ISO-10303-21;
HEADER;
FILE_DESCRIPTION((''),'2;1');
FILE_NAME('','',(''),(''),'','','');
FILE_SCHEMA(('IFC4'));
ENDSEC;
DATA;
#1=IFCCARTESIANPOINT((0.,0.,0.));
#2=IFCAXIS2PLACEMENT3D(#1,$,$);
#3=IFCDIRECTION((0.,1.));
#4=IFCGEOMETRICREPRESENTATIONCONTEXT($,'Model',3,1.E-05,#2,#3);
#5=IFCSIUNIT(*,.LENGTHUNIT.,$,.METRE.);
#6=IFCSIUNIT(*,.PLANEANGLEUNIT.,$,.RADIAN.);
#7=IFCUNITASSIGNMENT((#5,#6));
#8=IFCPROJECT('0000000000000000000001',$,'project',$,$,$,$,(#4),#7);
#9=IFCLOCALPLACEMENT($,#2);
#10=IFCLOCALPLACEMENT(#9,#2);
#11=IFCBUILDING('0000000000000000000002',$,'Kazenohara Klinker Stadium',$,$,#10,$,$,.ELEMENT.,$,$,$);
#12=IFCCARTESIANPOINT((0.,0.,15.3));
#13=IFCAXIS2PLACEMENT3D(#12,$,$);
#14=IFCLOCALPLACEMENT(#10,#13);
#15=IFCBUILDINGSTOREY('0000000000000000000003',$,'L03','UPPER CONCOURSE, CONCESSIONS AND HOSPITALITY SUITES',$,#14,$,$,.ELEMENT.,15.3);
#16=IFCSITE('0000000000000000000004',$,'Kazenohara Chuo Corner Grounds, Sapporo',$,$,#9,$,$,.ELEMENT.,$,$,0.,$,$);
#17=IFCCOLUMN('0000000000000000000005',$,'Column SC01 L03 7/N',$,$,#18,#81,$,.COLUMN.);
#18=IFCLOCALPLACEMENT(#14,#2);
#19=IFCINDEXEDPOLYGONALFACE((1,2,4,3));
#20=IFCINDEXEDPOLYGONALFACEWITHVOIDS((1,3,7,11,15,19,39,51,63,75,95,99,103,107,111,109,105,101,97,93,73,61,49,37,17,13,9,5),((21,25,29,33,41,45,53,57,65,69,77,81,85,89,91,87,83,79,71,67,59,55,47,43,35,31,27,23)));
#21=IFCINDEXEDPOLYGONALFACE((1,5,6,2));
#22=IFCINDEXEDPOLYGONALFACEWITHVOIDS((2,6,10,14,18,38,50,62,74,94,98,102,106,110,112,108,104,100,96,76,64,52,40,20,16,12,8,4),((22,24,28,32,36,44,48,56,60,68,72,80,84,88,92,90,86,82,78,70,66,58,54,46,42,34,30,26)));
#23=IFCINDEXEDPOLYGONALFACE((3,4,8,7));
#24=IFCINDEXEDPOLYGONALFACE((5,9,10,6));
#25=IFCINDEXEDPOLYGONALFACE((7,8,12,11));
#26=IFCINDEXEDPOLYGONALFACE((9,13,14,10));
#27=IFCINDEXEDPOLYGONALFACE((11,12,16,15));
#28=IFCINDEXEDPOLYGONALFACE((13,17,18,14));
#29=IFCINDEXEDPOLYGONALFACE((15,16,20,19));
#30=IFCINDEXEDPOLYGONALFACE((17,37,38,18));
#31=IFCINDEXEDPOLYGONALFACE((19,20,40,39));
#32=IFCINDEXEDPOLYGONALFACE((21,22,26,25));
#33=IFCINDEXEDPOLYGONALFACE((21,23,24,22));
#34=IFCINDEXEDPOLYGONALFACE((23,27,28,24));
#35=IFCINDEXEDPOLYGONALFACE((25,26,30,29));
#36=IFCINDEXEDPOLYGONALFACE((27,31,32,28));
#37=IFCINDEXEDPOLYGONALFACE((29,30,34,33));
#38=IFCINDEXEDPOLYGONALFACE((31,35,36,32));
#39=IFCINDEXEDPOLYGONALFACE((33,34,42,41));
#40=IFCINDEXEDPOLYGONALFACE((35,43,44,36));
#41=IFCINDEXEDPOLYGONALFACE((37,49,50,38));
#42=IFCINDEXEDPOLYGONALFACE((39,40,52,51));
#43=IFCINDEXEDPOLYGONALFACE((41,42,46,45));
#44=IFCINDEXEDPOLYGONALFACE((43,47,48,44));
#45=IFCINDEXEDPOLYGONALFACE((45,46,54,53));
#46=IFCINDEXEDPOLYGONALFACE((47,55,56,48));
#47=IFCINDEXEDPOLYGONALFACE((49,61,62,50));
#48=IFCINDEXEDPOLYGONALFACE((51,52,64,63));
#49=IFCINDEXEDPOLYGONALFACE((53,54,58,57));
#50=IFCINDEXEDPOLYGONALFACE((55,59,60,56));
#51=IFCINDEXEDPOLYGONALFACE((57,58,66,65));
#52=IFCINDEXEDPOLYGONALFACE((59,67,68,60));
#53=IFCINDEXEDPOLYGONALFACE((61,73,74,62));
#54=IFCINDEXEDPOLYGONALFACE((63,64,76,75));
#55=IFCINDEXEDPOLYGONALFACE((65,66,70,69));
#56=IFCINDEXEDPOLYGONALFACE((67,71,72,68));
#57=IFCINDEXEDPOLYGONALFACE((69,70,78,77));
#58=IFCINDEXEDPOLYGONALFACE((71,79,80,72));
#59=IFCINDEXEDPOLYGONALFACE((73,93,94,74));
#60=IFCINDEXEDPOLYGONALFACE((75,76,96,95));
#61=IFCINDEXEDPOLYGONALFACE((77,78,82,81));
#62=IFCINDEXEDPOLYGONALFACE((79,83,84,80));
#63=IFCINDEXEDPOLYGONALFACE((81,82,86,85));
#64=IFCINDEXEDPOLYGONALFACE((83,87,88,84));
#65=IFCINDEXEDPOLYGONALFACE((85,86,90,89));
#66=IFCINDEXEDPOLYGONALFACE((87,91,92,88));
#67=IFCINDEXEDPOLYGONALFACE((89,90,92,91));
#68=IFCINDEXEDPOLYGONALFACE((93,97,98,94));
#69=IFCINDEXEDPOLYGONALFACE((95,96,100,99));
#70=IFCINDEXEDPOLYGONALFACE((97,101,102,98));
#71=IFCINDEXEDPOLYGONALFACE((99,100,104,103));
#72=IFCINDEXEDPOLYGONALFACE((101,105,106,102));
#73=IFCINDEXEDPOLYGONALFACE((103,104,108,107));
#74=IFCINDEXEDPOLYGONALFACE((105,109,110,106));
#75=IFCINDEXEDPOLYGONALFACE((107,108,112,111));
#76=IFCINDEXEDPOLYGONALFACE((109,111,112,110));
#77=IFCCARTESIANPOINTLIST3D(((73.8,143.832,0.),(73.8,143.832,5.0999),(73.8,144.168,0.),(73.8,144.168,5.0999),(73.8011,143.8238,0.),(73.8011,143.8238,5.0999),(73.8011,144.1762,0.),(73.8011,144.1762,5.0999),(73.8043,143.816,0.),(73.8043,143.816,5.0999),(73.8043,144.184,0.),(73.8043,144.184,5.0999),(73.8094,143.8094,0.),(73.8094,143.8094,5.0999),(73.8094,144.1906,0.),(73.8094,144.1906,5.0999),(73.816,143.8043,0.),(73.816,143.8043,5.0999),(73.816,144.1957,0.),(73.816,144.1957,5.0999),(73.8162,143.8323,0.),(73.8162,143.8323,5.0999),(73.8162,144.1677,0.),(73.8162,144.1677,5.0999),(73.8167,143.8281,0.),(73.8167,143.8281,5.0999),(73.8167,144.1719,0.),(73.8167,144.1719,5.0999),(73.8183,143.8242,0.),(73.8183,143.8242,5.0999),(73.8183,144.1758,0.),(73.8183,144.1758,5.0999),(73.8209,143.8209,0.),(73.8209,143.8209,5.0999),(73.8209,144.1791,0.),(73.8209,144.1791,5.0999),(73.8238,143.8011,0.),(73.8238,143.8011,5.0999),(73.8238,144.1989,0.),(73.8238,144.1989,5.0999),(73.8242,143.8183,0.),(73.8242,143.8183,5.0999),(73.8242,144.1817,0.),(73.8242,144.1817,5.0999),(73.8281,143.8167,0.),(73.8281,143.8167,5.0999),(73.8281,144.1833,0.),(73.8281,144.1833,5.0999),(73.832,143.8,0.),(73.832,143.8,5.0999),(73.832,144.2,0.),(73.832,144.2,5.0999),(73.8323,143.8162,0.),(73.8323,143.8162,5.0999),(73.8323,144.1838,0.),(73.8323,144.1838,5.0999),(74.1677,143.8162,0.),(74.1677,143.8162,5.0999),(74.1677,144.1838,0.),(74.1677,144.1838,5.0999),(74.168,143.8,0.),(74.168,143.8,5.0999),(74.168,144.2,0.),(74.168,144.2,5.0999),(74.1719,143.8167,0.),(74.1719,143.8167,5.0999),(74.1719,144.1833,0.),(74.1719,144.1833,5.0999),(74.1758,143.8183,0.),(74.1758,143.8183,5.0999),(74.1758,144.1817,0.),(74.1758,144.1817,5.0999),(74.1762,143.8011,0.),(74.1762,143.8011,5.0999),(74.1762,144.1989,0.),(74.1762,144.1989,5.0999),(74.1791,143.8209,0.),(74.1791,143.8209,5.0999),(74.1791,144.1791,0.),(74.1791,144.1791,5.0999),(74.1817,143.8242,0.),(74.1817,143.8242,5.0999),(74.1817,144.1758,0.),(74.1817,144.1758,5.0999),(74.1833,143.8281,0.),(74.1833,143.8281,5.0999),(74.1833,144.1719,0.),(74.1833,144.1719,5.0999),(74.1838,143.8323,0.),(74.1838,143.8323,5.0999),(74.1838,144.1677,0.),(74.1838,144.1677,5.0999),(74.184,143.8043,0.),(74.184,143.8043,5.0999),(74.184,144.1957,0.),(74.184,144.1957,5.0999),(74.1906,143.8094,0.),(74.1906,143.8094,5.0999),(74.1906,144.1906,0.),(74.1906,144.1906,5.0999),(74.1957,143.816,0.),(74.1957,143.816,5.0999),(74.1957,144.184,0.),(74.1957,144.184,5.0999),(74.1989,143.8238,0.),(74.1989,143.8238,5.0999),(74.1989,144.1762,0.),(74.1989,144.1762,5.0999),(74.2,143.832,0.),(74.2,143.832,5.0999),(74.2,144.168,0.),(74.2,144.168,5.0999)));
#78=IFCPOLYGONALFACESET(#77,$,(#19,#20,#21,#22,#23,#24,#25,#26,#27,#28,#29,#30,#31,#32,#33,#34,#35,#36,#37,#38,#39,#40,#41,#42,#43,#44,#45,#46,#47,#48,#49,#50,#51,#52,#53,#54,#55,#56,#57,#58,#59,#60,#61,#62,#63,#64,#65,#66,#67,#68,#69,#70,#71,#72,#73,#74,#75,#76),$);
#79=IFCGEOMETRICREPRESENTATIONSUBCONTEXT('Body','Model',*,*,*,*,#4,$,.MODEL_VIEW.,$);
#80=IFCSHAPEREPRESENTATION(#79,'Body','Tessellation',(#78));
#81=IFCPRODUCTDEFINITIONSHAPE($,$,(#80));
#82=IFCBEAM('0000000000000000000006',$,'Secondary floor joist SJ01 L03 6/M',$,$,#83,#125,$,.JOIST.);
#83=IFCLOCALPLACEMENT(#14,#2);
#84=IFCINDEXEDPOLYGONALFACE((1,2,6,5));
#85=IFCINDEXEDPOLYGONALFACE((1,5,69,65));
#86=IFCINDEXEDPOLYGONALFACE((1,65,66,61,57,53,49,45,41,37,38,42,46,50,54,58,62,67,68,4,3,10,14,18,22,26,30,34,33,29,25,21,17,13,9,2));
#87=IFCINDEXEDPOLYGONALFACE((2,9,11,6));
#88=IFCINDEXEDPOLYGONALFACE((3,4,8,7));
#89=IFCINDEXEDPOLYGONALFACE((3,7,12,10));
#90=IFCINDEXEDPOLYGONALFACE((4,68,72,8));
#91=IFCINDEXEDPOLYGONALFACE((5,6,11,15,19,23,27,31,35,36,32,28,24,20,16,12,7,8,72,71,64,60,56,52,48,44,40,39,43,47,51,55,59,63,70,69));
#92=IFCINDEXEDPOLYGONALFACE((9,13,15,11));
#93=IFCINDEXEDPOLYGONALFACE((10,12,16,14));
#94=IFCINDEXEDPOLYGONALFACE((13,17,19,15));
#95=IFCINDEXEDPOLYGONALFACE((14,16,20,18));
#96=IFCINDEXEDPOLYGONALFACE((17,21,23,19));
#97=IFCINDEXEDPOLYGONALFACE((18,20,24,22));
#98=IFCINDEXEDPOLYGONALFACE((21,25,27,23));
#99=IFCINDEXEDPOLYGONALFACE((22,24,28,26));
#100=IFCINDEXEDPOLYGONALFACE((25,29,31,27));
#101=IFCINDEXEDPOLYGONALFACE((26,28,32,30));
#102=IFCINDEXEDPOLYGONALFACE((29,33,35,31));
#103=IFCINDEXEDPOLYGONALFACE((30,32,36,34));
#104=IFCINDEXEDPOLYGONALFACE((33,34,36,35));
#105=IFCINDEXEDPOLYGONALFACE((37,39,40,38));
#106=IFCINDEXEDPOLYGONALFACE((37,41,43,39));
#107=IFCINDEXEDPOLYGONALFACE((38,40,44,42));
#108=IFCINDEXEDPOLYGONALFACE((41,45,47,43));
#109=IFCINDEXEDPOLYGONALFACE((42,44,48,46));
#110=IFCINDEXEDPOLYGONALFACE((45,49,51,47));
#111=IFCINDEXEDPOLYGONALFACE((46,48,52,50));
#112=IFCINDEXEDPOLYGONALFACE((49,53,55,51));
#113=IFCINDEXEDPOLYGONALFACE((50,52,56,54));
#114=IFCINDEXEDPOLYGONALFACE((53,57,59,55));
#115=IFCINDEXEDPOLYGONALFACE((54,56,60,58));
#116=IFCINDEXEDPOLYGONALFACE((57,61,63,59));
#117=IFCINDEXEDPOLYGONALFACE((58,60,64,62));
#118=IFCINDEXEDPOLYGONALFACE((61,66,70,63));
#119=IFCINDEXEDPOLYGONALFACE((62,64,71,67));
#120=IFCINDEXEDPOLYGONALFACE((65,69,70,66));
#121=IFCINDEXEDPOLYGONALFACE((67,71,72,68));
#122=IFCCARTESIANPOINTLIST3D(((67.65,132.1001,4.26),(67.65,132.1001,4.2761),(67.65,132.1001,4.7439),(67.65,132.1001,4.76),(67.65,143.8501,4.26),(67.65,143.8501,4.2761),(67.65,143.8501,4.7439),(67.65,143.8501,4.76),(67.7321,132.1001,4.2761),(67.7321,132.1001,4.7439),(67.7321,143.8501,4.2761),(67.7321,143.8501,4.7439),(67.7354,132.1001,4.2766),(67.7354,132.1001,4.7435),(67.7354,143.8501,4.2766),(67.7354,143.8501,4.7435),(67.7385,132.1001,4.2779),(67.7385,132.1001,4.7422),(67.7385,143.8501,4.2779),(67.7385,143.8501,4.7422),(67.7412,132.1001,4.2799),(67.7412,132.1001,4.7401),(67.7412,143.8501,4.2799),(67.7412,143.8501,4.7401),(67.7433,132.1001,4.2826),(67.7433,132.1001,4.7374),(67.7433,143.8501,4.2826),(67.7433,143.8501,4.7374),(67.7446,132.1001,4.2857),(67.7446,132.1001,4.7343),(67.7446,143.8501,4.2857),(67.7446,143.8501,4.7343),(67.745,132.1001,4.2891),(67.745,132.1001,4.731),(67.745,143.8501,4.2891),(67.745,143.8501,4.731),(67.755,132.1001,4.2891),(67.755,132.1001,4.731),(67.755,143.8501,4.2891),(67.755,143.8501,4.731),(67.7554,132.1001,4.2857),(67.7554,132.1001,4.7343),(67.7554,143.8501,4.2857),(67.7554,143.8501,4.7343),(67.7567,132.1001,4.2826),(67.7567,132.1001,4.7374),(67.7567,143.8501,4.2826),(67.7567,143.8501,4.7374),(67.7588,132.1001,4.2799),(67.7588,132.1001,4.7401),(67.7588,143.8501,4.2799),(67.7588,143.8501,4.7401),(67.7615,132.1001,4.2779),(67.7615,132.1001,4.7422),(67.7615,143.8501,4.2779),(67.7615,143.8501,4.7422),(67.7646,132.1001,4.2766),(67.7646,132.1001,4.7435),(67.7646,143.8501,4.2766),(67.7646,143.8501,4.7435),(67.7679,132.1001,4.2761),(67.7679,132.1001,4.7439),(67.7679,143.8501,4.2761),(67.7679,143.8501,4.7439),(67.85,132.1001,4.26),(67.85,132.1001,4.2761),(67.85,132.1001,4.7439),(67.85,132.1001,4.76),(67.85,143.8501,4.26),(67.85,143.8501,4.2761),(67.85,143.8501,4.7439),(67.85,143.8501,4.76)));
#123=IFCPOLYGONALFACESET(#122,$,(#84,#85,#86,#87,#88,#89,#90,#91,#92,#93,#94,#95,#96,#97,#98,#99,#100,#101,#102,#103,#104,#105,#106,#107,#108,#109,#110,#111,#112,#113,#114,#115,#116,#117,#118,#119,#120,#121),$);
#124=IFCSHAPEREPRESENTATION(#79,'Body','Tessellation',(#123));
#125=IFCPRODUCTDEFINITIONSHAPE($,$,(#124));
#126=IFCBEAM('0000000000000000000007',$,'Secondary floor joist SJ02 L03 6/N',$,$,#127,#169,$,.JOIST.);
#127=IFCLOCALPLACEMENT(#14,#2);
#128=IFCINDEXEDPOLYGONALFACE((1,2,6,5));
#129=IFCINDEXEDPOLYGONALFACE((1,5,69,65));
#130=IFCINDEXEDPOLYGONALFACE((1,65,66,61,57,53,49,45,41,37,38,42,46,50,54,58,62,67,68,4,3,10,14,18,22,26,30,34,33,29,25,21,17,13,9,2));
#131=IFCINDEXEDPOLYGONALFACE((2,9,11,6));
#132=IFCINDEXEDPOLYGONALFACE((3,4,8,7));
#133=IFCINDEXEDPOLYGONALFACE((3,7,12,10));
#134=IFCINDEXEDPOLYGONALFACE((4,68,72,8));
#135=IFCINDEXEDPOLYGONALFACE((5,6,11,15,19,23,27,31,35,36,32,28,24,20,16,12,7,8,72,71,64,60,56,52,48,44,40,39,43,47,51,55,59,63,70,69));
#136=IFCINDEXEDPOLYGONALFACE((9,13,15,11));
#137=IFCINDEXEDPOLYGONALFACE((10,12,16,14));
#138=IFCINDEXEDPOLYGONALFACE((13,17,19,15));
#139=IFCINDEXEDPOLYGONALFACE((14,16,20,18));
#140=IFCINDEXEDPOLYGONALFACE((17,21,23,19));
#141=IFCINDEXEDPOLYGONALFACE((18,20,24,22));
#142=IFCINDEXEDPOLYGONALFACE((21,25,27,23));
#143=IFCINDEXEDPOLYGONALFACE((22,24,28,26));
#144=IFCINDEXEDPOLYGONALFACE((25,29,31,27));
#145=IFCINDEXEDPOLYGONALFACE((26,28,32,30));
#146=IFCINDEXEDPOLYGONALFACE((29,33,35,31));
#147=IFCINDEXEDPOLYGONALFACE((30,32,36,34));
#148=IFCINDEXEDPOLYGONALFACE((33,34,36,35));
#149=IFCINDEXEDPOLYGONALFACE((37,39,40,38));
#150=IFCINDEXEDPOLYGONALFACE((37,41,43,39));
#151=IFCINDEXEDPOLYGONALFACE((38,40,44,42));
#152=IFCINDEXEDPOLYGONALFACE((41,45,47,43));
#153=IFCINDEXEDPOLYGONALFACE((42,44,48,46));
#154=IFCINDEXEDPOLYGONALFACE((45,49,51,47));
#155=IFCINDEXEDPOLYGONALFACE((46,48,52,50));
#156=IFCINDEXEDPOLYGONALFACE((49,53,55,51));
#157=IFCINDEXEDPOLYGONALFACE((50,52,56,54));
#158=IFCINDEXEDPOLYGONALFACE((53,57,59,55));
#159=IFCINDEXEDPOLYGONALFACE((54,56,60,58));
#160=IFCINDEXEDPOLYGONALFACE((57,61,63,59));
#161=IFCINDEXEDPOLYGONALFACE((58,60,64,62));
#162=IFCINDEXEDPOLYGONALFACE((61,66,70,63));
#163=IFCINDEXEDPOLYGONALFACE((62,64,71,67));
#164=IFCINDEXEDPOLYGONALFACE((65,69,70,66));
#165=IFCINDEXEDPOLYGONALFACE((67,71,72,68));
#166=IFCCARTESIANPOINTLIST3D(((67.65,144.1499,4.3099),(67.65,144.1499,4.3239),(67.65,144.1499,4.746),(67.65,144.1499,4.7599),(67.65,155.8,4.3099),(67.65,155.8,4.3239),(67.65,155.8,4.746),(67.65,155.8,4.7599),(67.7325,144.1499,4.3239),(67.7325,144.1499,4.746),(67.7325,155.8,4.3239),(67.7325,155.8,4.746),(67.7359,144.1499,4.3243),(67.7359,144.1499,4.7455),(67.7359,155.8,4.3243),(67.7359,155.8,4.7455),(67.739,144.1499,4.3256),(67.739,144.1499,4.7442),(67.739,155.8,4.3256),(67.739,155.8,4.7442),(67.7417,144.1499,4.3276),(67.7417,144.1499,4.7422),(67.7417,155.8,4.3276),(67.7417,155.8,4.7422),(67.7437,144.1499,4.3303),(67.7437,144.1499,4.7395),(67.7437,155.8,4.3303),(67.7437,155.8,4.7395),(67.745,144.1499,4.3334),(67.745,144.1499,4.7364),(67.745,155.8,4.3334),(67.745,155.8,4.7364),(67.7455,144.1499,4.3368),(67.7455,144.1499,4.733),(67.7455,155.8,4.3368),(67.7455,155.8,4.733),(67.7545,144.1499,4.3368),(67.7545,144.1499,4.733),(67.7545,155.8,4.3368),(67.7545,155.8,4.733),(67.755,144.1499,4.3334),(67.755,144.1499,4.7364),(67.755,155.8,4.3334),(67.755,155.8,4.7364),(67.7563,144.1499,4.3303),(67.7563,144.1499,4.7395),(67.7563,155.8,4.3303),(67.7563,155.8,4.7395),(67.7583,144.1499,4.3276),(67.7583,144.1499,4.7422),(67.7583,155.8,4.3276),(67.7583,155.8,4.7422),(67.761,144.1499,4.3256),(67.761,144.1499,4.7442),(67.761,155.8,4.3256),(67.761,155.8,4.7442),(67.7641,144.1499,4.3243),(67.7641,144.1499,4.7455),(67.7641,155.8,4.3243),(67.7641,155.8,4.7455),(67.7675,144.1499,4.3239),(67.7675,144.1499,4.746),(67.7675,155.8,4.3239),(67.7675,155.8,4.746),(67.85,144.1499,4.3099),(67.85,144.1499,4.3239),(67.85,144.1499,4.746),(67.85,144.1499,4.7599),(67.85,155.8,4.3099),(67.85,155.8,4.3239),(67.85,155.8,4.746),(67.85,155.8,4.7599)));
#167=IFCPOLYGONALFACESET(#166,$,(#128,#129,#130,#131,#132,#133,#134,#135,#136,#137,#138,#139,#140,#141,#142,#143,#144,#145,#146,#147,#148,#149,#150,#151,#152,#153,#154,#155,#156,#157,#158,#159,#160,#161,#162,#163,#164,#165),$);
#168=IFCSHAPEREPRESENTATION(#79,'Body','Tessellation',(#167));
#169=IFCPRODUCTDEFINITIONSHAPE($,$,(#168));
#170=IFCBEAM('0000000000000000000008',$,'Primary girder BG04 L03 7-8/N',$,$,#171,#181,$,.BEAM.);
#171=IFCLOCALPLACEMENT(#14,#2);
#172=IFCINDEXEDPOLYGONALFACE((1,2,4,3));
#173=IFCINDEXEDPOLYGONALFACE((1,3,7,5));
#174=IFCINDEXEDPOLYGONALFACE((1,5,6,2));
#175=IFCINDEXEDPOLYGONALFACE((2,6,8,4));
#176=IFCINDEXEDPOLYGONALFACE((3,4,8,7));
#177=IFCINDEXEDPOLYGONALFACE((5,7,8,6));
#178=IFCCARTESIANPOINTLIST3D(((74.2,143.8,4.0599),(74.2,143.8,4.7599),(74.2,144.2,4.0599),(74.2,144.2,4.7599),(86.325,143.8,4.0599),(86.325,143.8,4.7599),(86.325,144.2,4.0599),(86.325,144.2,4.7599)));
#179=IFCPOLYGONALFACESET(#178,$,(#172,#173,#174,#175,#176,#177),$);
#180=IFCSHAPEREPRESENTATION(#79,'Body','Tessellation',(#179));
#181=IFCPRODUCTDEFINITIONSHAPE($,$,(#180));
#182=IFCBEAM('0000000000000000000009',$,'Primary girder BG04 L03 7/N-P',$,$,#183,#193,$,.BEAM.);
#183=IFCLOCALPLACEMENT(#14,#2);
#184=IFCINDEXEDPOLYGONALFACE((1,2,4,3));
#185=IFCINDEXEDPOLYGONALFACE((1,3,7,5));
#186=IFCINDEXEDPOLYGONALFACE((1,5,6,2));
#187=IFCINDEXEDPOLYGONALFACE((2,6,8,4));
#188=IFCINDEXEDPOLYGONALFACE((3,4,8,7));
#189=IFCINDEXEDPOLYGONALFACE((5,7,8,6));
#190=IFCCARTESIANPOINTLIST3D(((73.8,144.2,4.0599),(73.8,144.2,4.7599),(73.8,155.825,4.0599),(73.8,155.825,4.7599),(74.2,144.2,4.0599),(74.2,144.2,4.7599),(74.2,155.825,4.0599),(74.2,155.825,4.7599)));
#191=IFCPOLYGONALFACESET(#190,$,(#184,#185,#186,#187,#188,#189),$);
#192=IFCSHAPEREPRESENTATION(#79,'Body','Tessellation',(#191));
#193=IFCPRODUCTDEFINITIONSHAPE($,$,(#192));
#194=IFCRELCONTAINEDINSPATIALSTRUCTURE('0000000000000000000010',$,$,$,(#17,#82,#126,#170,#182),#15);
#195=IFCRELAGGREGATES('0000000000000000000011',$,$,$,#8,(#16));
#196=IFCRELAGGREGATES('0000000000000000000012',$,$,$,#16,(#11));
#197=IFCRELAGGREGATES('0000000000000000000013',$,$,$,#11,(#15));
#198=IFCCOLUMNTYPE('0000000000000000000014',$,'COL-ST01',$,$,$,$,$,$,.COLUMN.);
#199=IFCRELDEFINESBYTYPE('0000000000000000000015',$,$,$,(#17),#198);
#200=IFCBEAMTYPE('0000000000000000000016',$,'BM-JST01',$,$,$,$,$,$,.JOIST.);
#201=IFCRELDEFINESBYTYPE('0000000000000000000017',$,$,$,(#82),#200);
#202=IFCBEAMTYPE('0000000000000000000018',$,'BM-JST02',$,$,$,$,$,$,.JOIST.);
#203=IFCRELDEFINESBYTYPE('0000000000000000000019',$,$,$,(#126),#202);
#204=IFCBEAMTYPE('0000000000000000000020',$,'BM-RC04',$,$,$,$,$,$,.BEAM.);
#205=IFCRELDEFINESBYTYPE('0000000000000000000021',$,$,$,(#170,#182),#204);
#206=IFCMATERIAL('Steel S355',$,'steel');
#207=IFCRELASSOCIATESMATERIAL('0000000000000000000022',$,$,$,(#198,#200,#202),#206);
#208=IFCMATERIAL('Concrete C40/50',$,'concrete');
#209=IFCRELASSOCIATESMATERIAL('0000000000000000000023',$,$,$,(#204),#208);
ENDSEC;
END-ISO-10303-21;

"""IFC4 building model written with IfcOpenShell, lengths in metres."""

from ifc_helpers import new_model, si_unit, direction, frame, origin, origin_2d, place, context, subcontext, project, spatial, rectangle, hollow_rectangle, i_section, extrude, material, material_profile, profile_set, type_object, element, save


model = new_model("IFC4")

# Units and contexts
model_context = context("Model", 3, precision=1e-05, world=origin(), true_north=direction((0.0, 1.0)))
body_context = subcontext(model_context, "Body", "Model", "MODEL_VIEW")
ifc_project = project(units=[si_unit("LENGTHUNIT", "METRE"), si_unit("PLANEANGLEUNIT", "RADIAN")], contexts=[model_context])

# Site, building, storey
site_placement = place(None, origin())
site = spatial("IfcSite", under=ifc_project, at=site_placement, Name="Kazenohara Chuo Corner Grounds, Sapporo", CompositionType="ELEMENT", RefElevation=0.0)
building_placement = place(site_placement, origin())
building = spatial("IfcBuilding", under=site, at=building_placement, Name="Kazenohara Klinker Stadium", CompositionType="ELEMENT")
storey_placement = place(building_placement, frame((0.0, 0.0, 15.3)))
storey = spatial("IfcBuildingStorey", under=building, at=storey_placement, Name="L03", Description="UPPER CONCOURSE, CONCESSIONS AND HOSPITALITY SUITES", CompositionType="ELEMENT", Elevation=15.3)

# Column
ifc_material_1 = material(Name="Steel S355", Category="steel")
ifc_material_profile_1 = material_profile(ifc_material_1, hollow_rectangle(XDim=0.3999, YDim=0.3999, WallThickness=0.0161, InnerFilletRadius=0.0161, OuterFilletRadius=0.032, at=origin_2d()), Name="SHS-400x400x16")
ifc_profile_set_1 = profile_set([ifc_material_profile_1], Name="Steel S355")
column_type = type_object("IfcColumnType", Name="COL-ST01", PredefinedType="COLUMN", material=ifc_profile_set_1)
column_placement = place(storey_placement, frame((74.0, 144.0, 0.0), z_axis=(0.0, 0.0, 1.0), x_axis=(1.0, 0.0, 0.0)))
element("IfcColumn", 1, at=column_placement, inside=storey, type_object=column_type, Name="Column SC01 L03 7/N", PredefinedType="COLUMN", context=body_context, shape_type="SweptSolid", body=[
    extrude(hollow_rectangle(XDim=0.3999, YDim=0.3999, WallThickness=0.0161, InnerFilletRadius=0.0161, OuterFilletRadius=0.032, at=origin_2d()), origin(), (0.0, 0.0, 1.0), 5.0999),
])

# Beams
ifc_material_profile_2 = material_profile(ifc_material_1, i_section(OverallWidth=0.2, OverallDepth=0.5, WebThickness=0.01, FlangeThickness=0.0161, FilletRadius=0.0129, at=origin_2d()), Name="H-500x200x10x16")
ifc_profile_set_2 = profile_set([ifc_material_profile_2], Name="Steel S355")
beam_type_1 = type_object("IfcBeamType", Name="BM-JST01", PredefinedType="JOIST", material=ifc_profile_set_2)
beam_1_placement = place(storey_placement, frame((67.75, 132.1001, 4.51), z_axis=(0.0, 1.0, 0.0), x_axis=(-1.0, 0.0, 0.0)))
element("IfcBeam", 2, at=beam_1_placement, inside=storey, type_object=beam_type_1, Name="Secondary floor joist SJ01 L03 6/M", PredefinedType="JOIST", context=body_context, shape_type="SweptSolid", body=[
    extrude(i_section(OverallWidth=0.2, OverallDepth=0.5, WebThickness=0.01, FlangeThickness=0.0161, FilletRadius=0.0129, at=origin_2d()), origin(), (0.0, 0.0, 1.0), 11.75),
])
ifc_material_profile_3 = material_profile(ifc_material_1, i_section(OverallWidth=0.2, OverallDepth=0.45, WebThickness=0.009, FlangeThickness=0.0139, FilletRadius=0.0129, at=origin_2d()), Name="H-450x200x9x14")
ifc_profile_set_3 = profile_set([ifc_material_profile_3], Name="Steel S355")
beam_type_2 = type_object("IfcBeamType", Name="BM-JST02", PredefinedType="JOIST", material=ifc_profile_set_3)
beam_2_placement = place(storey_placement, frame((67.75, 144.1499, 4.5349), z_axis=(0.0, 1.0, 0.0), x_axis=(-1.0, 0.0, 0.0)))
element("IfcBeam", 3, at=beam_2_placement, inside=storey, type_object=beam_type_2, Name="Secondary floor joist SJ02 L03 6/N", PredefinedType="JOIST", context=body_context, shape_type="SweptSolid", body=[
    extrude(i_section(OverallWidth=0.2, OverallDepth=0.45, WebThickness=0.009, FlangeThickness=0.0139, FilletRadius=0.0129, at=origin_2d()), origin(), (0.0, 0.0, 1.0), 11.6501),
])
ifc_material_2 = material(Name="Concrete C40/50", Category="concrete")
ifc_material_profile_4 = material_profile(ifc_material_2, rectangle(XDim=0.3999, YDim=0.7, at=origin_2d()), Name="RC-BM-400x700")
ifc_profile_set_4 = profile_set([ifc_material_profile_4], Name="Concrete C40/50")
beam_type_3 = type_object("IfcBeamType", Name="BM-RC04", PredefinedType="BEAM", material=ifc_profile_set_4)
beam_3_placement = place(storey_placement, frame((74.2, 144.0, 4.4099), z_axis=(1.0, 0.0, 0.0), x_axis=(0.0, 1.0, 0.0)))
element("IfcBeam", 4, at=beam_3_placement, inside=storey, type_object=beam_type_3, Name="Primary girder BG04 L03 7-8/N", PredefinedType="BEAM", context=body_context, shape_type="SweptSolid", body=[
    extrude(rectangle(XDim=0.3999, YDim=0.7, at=origin_2d()), origin(), (0.0, 0.0, 1.0), 12.125),
])
beam_4_placement = place(storey_placement, frame((74.0, 144.2, 4.4099), z_axis=(0.0, 1.0, 0.0), x_axis=(-1.0, 0.0, 0.0)))
element("IfcBeam", 5, at=beam_4_placement, inside=storey, type_object=beam_type_3, Name="Primary girder BG04 L03 7/N-P", PredefinedType="BEAM", context=body_context, shape_type="SweptSolid", body=[
    extrude(rectangle(XDim=0.3999, YDim=0.7, at=origin_2d()), origin(), (0.0, 0.0, 1.0), 11.625),
])

save(model, "model.ifc")
